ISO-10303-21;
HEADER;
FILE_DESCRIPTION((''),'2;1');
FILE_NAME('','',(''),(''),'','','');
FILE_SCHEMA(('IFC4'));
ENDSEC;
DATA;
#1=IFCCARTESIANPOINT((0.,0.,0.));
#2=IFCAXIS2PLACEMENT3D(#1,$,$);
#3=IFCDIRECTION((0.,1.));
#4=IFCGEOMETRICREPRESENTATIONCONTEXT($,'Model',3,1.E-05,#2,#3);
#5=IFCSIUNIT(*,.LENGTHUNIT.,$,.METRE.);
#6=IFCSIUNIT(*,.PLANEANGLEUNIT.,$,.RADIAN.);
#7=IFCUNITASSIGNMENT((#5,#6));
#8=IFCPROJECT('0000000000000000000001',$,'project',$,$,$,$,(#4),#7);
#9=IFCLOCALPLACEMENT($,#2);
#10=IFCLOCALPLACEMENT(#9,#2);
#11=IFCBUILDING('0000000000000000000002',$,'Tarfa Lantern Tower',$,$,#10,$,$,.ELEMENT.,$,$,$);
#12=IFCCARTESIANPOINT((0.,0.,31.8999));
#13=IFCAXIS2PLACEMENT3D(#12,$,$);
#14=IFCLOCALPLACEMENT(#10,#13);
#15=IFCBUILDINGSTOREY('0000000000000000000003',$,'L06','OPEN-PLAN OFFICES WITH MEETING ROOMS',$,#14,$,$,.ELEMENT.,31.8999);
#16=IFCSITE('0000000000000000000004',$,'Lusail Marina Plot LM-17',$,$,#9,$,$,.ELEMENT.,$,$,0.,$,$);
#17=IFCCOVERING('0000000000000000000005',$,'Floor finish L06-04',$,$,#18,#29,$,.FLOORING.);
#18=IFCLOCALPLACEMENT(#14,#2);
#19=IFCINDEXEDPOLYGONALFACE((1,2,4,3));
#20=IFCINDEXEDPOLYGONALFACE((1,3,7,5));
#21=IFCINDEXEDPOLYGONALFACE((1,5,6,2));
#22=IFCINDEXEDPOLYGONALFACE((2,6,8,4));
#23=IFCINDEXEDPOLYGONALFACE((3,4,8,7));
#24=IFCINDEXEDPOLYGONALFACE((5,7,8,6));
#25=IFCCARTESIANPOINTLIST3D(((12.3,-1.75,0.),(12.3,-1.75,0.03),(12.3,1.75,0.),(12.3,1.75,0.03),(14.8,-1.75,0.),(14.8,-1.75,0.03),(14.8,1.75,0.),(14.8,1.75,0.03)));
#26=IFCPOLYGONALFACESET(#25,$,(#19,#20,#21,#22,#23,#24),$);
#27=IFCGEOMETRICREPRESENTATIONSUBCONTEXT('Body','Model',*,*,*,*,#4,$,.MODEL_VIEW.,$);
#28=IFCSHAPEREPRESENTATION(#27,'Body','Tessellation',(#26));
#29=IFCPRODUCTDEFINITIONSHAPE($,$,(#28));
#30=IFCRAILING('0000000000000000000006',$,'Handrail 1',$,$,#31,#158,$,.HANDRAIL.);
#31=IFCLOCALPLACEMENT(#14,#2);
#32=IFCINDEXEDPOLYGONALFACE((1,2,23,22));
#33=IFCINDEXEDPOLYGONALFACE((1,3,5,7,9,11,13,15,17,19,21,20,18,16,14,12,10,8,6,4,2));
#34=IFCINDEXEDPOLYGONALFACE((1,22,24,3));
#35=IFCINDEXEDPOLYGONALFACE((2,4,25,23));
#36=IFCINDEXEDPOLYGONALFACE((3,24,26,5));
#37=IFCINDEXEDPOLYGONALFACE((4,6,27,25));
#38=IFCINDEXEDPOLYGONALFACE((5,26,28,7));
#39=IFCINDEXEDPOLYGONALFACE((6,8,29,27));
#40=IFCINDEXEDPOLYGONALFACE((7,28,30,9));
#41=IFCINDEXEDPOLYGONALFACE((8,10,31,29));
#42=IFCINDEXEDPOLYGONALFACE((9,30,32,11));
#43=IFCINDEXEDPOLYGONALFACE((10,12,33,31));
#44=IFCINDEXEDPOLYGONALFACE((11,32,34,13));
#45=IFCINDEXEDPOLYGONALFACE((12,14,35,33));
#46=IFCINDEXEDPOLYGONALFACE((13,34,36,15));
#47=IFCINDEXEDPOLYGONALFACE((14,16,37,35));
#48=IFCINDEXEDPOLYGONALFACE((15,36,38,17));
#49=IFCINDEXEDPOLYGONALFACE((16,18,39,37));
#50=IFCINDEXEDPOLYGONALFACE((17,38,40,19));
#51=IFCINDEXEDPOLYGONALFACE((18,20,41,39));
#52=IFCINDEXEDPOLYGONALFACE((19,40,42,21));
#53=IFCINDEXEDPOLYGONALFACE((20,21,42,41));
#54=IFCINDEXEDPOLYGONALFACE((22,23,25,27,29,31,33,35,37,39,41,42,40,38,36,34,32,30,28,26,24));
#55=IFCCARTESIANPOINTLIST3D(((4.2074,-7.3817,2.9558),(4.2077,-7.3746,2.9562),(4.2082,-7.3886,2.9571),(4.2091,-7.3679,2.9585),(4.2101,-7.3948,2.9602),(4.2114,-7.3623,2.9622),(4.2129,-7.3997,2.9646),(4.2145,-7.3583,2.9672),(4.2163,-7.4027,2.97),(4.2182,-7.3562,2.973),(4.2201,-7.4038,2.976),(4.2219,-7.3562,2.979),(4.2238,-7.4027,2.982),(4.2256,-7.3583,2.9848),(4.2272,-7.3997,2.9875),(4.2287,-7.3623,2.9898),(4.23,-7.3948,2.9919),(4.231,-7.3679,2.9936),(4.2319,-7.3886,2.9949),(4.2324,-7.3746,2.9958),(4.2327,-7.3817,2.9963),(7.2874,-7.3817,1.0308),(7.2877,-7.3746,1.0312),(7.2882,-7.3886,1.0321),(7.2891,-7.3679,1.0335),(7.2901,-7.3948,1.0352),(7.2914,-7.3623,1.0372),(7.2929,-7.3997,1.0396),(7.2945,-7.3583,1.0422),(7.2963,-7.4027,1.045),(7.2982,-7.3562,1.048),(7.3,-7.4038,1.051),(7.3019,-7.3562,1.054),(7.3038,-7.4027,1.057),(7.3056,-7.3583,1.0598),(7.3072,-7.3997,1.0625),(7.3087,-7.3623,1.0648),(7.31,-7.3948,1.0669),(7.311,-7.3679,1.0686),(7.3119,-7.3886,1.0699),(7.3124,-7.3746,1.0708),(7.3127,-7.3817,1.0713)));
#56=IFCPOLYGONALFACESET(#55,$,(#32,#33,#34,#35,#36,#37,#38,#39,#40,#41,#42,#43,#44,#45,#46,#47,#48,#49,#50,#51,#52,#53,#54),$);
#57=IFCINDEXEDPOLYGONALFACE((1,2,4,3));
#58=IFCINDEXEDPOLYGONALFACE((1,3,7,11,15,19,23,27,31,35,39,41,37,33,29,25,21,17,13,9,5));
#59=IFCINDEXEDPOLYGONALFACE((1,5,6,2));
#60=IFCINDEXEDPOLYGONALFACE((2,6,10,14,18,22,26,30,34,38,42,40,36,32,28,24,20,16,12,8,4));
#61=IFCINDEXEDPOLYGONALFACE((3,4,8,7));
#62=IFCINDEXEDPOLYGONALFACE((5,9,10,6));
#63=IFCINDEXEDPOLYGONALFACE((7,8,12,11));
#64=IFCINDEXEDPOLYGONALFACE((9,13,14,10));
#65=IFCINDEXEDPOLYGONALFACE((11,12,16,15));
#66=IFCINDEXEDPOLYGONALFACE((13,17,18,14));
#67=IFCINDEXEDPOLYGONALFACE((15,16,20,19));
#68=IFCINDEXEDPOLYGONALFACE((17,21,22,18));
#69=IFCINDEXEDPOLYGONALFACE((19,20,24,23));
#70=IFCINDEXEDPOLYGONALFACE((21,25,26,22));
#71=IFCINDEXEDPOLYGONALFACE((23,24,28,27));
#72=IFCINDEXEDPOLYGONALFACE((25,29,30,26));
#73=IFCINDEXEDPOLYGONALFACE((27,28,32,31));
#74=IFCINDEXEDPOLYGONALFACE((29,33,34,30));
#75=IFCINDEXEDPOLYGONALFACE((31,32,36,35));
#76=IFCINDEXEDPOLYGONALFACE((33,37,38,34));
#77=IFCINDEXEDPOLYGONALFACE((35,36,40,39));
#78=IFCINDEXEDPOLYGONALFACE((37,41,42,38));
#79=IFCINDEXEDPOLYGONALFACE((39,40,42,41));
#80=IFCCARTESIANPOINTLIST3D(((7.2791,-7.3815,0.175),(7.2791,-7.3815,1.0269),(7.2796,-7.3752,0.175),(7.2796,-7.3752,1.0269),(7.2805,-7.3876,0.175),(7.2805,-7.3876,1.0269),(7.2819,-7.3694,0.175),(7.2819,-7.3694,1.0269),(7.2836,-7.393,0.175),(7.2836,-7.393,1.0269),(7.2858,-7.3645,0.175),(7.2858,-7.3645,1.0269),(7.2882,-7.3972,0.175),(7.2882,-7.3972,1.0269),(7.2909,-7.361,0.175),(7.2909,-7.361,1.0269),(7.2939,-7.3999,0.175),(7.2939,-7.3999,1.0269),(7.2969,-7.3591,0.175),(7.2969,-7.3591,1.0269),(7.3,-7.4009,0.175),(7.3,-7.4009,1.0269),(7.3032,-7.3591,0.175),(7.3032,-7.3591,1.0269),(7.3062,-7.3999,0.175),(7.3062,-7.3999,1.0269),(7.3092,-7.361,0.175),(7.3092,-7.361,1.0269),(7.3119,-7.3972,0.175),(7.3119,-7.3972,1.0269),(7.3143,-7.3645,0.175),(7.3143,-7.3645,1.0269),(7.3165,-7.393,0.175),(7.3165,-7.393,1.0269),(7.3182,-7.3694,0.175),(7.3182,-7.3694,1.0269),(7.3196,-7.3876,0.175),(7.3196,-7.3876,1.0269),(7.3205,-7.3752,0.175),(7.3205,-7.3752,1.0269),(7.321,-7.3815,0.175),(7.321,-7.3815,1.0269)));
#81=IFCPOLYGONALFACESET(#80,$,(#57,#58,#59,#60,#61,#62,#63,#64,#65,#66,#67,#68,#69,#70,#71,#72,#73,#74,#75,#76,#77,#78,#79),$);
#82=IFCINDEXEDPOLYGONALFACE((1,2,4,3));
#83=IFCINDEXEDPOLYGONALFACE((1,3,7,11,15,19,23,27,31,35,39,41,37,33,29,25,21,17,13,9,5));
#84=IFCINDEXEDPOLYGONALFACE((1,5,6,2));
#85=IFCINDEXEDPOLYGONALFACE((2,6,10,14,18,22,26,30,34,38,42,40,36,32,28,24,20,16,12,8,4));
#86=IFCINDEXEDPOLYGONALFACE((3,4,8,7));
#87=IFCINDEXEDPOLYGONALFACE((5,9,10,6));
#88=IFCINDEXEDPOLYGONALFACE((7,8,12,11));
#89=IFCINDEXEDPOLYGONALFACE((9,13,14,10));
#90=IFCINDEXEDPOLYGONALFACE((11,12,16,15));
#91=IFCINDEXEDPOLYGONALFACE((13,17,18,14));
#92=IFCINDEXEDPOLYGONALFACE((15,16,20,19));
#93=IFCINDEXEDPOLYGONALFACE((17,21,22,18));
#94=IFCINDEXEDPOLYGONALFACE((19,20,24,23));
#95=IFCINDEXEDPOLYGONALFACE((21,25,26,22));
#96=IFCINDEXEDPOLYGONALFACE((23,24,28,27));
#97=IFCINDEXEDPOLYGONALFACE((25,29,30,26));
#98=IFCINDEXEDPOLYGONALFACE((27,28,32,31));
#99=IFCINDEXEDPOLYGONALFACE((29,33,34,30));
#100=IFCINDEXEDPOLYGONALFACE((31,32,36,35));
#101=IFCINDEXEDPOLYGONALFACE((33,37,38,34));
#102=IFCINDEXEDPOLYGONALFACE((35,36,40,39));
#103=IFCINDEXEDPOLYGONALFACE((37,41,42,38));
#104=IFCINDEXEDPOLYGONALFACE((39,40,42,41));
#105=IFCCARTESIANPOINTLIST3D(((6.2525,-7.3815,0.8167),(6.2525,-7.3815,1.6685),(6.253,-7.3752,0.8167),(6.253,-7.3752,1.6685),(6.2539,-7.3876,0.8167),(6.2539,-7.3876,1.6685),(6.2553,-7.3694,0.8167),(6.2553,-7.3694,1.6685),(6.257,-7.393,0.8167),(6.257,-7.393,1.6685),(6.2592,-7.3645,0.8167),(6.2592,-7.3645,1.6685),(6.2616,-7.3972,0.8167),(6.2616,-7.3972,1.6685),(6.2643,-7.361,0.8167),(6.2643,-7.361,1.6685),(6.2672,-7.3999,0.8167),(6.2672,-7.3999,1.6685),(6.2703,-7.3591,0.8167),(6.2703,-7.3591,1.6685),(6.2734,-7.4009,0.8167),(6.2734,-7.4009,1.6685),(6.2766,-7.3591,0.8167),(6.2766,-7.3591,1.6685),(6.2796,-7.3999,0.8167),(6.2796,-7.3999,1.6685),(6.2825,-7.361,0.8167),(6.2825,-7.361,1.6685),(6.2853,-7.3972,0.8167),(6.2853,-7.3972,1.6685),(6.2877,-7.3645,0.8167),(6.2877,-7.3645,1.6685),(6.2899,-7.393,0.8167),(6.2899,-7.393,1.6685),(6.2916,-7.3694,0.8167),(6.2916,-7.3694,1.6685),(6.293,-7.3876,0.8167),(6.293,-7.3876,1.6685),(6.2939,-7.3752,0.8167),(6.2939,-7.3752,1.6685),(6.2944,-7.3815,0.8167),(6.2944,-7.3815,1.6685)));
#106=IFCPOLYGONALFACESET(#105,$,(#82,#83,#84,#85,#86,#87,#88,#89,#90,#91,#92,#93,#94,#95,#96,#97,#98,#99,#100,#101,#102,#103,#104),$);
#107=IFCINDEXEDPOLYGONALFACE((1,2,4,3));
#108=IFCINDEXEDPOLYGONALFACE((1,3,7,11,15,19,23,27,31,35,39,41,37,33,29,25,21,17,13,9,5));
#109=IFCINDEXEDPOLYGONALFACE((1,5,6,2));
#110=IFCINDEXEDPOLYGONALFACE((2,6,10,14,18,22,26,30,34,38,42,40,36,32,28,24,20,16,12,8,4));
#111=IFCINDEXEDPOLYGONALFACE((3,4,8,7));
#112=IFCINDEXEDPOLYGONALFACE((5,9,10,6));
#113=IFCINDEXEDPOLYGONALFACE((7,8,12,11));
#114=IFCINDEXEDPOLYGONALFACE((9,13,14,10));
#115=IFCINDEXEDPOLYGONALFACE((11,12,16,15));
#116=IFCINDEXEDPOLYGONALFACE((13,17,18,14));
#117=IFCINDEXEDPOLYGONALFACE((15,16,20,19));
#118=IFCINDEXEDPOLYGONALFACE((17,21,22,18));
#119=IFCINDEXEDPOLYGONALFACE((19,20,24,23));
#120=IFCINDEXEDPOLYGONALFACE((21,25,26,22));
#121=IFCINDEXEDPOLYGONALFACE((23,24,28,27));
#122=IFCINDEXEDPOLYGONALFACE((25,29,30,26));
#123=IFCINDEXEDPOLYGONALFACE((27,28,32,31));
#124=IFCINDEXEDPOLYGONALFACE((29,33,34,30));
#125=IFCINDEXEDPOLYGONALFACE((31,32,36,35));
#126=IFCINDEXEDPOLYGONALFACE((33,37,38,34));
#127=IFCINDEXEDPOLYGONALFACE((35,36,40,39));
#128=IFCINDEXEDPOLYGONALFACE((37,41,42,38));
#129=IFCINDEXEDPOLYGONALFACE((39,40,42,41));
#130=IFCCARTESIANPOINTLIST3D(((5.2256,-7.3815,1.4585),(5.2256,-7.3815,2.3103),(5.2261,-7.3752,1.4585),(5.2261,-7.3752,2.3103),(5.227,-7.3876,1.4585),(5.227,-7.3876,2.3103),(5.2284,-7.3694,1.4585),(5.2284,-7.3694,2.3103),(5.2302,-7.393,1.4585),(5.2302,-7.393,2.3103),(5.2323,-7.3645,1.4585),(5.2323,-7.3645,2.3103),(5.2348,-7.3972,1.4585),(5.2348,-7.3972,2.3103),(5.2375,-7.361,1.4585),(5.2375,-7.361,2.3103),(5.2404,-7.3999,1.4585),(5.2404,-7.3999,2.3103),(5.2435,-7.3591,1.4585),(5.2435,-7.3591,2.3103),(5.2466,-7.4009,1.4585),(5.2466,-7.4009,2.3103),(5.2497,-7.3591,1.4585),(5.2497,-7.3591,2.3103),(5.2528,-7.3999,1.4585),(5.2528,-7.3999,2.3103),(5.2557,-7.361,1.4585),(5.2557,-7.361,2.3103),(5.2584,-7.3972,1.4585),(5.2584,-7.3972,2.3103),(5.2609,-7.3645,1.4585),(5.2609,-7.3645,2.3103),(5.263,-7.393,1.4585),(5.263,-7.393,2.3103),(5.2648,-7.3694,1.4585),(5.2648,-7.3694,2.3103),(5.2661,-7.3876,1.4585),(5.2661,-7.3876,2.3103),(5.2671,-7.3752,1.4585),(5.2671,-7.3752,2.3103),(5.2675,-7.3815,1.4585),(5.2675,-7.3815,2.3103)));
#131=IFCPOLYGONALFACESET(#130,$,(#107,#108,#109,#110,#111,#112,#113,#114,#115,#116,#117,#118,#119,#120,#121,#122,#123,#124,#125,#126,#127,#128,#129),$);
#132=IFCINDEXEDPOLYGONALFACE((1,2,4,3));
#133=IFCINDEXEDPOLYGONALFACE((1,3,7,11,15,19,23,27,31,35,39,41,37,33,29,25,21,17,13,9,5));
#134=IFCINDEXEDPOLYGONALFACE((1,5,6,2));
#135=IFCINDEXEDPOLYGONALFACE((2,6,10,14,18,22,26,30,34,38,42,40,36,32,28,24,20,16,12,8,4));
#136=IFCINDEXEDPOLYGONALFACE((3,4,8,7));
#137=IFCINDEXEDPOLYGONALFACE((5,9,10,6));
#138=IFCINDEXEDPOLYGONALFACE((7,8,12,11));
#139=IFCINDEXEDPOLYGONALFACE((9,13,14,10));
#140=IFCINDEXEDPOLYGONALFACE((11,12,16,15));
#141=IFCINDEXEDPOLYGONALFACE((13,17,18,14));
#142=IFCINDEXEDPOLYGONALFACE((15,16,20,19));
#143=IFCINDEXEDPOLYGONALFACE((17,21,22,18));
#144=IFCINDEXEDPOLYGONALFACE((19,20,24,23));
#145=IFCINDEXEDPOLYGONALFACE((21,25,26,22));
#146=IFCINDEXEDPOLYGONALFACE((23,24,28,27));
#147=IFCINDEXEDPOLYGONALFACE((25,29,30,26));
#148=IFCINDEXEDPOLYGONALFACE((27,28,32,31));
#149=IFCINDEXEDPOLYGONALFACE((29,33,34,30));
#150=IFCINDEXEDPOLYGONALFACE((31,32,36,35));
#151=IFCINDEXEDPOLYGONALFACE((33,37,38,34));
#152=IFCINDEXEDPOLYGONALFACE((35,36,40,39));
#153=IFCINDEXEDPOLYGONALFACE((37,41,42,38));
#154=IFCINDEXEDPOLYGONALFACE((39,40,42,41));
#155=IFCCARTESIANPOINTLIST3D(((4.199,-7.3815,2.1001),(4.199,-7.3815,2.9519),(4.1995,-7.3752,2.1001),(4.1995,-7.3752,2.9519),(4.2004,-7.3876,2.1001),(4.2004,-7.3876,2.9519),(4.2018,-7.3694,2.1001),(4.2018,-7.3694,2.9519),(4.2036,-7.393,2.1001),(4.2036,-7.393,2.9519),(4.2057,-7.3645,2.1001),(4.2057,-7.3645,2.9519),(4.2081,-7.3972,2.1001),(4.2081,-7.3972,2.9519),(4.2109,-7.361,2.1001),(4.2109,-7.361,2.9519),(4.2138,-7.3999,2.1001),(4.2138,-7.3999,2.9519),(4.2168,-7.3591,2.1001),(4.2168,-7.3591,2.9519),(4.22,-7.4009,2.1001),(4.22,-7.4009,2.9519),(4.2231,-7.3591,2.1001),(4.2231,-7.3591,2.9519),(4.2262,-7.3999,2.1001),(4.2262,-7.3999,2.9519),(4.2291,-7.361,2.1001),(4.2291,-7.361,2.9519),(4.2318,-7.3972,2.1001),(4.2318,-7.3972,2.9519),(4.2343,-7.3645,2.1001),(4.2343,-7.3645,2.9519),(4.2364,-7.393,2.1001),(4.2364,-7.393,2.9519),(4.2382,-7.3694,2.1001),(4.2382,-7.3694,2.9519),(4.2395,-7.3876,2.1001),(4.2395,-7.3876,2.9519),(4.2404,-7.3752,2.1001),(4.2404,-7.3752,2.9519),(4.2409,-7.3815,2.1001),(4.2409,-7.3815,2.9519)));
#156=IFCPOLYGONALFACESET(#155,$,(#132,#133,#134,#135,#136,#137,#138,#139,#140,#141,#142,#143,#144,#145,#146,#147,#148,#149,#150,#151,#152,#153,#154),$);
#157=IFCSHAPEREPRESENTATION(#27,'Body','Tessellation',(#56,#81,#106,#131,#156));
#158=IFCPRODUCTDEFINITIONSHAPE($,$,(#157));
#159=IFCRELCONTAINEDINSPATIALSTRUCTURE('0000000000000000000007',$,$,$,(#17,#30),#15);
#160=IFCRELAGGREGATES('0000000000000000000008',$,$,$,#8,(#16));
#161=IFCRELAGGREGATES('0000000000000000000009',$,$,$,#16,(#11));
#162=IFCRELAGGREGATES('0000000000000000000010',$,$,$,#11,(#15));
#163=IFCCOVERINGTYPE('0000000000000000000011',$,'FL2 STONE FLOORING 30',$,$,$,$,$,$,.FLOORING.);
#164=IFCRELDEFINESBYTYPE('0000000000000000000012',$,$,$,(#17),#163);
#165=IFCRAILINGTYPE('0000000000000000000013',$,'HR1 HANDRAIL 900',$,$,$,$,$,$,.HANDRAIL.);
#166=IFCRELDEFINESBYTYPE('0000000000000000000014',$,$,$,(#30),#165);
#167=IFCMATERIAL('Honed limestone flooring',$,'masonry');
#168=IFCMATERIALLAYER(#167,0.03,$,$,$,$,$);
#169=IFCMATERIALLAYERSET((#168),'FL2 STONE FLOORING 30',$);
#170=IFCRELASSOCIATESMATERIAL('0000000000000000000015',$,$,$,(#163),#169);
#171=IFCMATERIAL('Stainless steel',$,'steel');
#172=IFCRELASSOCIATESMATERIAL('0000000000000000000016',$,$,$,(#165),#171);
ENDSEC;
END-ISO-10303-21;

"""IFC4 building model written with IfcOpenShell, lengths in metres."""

from ifc_helpers import new_model, si_unit, direction, frame, origin, origin_2d, place, context, subcontext, project, spatial, polyline, circle, outline, extrude, material, layer, layer_set, type_object, element, save


model = new_model("IFC4")

# Units and contexts
model_context = context("Model", 3, precision=1e-05, world=origin(), true_north=direction((0.0, 1.0)))
body_context = subcontext(model_context, "Body", "Model", "MODEL_VIEW")
ifc_project = project(units=[si_unit("LENGTHUNIT", "METRE"), si_unit("PLANEANGLEUNIT", "RADIAN")], contexts=[model_context])

# Site, building, storey
site_placement = place(None, origin())
site = spatial("IfcSite", under=ifc_project, at=site_placement, Name="Lusail Marina Plot LM-17", CompositionType="ELEMENT", RefElevation=0.0)
building_placement = place(site_placement, origin())
building = spatial("IfcBuilding", under=site, at=building_placement, Name="Tarfa Lantern Tower", CompositionType="ELEMENT")
storey_placement = place(building_placement, frame((0.0, 0.0, 31.8999)))
storey = spatial("IfcBuildingStorey", under=building, at=storey_placement, Name="L06", Description="OPEN-PLAN OFFICES WITH MEETING ROOMS", CompositionType="ELEMENT", Elevation=31.8999)

# Covering
ifc_material_1 = material(Name="Honed limestone flooring", Category="masonry")
ifc_layer_1 = layer(ifc_material_1, 0.03)
ifc_layer_set_1 = layer_set([ifc_layer_1], Name="FL2 STONE FLOORING 30")
covering_type_1 = type_object("IfcCoveringType", Name="FL2 STONE FLOORING 30", PredefinedType="FLOORING", material=ifc_layer_set_1)
covering_1_placement = place(storey_placement, origin())
element("IfcCovering", 1, at=covering_1_placement, inside=storey, type_object=covering_type_1, Name="Floor finish L06-04", PredefinedType="FLOORING", context=body_context, shape_type="SweptSolid", body=[
    extrude(outline(polyline([(12.3, -1.75), (14.8, -1.75), (14.8, 1.75), (12.3, 1.75), (12.3, -1.75)])), origin(), (0.0, 0.0, 1.0), 0.03),
])

# Railing
ifc_material_2 = material(Name="Stainless steel", Category="steel")
railing_type = type_object("IfcRailingType", Name="HR1 HANDRAIL 900", PredefinedType="HANDRAIL", material=ifc_material_2)
railing_1_placement = place(storey_placement, frame((7.3, -7.3799, 0.175)))
element("IfcRailing", 2, at=railing_1_placement, inside=storey, type_object=railing_type, Name="Handrail 1", PredefinedType="HANDRAIL", context=body_context, shape_type="SweptSolid", body=[
    extrude(circle(Radius=0.0239, at=origin_2d()), frame((0.0, 0.0, 0.876), z_axis=(-0.847998, 0.0, 0.529999), x_axis=(0.0, -1.0, 0.0)), (0.0, 0.0, 1.0), 3.6321),
    extrude(circle(Radius=0.021, at=origin_2d()), frame((0.0, 0.0, 0.0), z_axis=(0.0, 0.0, 1.0), x_axis=(0.0, -1.0, 0.0)), (0.0, 0.0, 1.0), 0.8518),
    extrude(circle(Radius=0.021, at=origin_2d()), frame((-1.0266, 0.0, 0.6416), z_axis=(0.0, 0.0, 1.0), x_axis=(0.0, -1.0, 0.0)), (0.0, 0.0, 1.0), 0.8518),
    extrude(circle(Radius=0.021, at=origin_2d()), frame((-2.0535, 0.0, 1.2834), z_axis=(0.0, 0.0, 1.0), x_axis=(0.0, -1.0, 0.0)), (0.0, 0.0, 1.0), 0.8518),
    extrude(circle(Radius=0.021, at=origin_2d()), frame((-3.0801, 0.0, 1.925), z_axis=(0.0, 0.0, 1.0), x_axis=(0.0, -1.0, 0.0)), (0.0, 0.0, 1.0), 0.8518),
])

save(model, "model.ifc")
